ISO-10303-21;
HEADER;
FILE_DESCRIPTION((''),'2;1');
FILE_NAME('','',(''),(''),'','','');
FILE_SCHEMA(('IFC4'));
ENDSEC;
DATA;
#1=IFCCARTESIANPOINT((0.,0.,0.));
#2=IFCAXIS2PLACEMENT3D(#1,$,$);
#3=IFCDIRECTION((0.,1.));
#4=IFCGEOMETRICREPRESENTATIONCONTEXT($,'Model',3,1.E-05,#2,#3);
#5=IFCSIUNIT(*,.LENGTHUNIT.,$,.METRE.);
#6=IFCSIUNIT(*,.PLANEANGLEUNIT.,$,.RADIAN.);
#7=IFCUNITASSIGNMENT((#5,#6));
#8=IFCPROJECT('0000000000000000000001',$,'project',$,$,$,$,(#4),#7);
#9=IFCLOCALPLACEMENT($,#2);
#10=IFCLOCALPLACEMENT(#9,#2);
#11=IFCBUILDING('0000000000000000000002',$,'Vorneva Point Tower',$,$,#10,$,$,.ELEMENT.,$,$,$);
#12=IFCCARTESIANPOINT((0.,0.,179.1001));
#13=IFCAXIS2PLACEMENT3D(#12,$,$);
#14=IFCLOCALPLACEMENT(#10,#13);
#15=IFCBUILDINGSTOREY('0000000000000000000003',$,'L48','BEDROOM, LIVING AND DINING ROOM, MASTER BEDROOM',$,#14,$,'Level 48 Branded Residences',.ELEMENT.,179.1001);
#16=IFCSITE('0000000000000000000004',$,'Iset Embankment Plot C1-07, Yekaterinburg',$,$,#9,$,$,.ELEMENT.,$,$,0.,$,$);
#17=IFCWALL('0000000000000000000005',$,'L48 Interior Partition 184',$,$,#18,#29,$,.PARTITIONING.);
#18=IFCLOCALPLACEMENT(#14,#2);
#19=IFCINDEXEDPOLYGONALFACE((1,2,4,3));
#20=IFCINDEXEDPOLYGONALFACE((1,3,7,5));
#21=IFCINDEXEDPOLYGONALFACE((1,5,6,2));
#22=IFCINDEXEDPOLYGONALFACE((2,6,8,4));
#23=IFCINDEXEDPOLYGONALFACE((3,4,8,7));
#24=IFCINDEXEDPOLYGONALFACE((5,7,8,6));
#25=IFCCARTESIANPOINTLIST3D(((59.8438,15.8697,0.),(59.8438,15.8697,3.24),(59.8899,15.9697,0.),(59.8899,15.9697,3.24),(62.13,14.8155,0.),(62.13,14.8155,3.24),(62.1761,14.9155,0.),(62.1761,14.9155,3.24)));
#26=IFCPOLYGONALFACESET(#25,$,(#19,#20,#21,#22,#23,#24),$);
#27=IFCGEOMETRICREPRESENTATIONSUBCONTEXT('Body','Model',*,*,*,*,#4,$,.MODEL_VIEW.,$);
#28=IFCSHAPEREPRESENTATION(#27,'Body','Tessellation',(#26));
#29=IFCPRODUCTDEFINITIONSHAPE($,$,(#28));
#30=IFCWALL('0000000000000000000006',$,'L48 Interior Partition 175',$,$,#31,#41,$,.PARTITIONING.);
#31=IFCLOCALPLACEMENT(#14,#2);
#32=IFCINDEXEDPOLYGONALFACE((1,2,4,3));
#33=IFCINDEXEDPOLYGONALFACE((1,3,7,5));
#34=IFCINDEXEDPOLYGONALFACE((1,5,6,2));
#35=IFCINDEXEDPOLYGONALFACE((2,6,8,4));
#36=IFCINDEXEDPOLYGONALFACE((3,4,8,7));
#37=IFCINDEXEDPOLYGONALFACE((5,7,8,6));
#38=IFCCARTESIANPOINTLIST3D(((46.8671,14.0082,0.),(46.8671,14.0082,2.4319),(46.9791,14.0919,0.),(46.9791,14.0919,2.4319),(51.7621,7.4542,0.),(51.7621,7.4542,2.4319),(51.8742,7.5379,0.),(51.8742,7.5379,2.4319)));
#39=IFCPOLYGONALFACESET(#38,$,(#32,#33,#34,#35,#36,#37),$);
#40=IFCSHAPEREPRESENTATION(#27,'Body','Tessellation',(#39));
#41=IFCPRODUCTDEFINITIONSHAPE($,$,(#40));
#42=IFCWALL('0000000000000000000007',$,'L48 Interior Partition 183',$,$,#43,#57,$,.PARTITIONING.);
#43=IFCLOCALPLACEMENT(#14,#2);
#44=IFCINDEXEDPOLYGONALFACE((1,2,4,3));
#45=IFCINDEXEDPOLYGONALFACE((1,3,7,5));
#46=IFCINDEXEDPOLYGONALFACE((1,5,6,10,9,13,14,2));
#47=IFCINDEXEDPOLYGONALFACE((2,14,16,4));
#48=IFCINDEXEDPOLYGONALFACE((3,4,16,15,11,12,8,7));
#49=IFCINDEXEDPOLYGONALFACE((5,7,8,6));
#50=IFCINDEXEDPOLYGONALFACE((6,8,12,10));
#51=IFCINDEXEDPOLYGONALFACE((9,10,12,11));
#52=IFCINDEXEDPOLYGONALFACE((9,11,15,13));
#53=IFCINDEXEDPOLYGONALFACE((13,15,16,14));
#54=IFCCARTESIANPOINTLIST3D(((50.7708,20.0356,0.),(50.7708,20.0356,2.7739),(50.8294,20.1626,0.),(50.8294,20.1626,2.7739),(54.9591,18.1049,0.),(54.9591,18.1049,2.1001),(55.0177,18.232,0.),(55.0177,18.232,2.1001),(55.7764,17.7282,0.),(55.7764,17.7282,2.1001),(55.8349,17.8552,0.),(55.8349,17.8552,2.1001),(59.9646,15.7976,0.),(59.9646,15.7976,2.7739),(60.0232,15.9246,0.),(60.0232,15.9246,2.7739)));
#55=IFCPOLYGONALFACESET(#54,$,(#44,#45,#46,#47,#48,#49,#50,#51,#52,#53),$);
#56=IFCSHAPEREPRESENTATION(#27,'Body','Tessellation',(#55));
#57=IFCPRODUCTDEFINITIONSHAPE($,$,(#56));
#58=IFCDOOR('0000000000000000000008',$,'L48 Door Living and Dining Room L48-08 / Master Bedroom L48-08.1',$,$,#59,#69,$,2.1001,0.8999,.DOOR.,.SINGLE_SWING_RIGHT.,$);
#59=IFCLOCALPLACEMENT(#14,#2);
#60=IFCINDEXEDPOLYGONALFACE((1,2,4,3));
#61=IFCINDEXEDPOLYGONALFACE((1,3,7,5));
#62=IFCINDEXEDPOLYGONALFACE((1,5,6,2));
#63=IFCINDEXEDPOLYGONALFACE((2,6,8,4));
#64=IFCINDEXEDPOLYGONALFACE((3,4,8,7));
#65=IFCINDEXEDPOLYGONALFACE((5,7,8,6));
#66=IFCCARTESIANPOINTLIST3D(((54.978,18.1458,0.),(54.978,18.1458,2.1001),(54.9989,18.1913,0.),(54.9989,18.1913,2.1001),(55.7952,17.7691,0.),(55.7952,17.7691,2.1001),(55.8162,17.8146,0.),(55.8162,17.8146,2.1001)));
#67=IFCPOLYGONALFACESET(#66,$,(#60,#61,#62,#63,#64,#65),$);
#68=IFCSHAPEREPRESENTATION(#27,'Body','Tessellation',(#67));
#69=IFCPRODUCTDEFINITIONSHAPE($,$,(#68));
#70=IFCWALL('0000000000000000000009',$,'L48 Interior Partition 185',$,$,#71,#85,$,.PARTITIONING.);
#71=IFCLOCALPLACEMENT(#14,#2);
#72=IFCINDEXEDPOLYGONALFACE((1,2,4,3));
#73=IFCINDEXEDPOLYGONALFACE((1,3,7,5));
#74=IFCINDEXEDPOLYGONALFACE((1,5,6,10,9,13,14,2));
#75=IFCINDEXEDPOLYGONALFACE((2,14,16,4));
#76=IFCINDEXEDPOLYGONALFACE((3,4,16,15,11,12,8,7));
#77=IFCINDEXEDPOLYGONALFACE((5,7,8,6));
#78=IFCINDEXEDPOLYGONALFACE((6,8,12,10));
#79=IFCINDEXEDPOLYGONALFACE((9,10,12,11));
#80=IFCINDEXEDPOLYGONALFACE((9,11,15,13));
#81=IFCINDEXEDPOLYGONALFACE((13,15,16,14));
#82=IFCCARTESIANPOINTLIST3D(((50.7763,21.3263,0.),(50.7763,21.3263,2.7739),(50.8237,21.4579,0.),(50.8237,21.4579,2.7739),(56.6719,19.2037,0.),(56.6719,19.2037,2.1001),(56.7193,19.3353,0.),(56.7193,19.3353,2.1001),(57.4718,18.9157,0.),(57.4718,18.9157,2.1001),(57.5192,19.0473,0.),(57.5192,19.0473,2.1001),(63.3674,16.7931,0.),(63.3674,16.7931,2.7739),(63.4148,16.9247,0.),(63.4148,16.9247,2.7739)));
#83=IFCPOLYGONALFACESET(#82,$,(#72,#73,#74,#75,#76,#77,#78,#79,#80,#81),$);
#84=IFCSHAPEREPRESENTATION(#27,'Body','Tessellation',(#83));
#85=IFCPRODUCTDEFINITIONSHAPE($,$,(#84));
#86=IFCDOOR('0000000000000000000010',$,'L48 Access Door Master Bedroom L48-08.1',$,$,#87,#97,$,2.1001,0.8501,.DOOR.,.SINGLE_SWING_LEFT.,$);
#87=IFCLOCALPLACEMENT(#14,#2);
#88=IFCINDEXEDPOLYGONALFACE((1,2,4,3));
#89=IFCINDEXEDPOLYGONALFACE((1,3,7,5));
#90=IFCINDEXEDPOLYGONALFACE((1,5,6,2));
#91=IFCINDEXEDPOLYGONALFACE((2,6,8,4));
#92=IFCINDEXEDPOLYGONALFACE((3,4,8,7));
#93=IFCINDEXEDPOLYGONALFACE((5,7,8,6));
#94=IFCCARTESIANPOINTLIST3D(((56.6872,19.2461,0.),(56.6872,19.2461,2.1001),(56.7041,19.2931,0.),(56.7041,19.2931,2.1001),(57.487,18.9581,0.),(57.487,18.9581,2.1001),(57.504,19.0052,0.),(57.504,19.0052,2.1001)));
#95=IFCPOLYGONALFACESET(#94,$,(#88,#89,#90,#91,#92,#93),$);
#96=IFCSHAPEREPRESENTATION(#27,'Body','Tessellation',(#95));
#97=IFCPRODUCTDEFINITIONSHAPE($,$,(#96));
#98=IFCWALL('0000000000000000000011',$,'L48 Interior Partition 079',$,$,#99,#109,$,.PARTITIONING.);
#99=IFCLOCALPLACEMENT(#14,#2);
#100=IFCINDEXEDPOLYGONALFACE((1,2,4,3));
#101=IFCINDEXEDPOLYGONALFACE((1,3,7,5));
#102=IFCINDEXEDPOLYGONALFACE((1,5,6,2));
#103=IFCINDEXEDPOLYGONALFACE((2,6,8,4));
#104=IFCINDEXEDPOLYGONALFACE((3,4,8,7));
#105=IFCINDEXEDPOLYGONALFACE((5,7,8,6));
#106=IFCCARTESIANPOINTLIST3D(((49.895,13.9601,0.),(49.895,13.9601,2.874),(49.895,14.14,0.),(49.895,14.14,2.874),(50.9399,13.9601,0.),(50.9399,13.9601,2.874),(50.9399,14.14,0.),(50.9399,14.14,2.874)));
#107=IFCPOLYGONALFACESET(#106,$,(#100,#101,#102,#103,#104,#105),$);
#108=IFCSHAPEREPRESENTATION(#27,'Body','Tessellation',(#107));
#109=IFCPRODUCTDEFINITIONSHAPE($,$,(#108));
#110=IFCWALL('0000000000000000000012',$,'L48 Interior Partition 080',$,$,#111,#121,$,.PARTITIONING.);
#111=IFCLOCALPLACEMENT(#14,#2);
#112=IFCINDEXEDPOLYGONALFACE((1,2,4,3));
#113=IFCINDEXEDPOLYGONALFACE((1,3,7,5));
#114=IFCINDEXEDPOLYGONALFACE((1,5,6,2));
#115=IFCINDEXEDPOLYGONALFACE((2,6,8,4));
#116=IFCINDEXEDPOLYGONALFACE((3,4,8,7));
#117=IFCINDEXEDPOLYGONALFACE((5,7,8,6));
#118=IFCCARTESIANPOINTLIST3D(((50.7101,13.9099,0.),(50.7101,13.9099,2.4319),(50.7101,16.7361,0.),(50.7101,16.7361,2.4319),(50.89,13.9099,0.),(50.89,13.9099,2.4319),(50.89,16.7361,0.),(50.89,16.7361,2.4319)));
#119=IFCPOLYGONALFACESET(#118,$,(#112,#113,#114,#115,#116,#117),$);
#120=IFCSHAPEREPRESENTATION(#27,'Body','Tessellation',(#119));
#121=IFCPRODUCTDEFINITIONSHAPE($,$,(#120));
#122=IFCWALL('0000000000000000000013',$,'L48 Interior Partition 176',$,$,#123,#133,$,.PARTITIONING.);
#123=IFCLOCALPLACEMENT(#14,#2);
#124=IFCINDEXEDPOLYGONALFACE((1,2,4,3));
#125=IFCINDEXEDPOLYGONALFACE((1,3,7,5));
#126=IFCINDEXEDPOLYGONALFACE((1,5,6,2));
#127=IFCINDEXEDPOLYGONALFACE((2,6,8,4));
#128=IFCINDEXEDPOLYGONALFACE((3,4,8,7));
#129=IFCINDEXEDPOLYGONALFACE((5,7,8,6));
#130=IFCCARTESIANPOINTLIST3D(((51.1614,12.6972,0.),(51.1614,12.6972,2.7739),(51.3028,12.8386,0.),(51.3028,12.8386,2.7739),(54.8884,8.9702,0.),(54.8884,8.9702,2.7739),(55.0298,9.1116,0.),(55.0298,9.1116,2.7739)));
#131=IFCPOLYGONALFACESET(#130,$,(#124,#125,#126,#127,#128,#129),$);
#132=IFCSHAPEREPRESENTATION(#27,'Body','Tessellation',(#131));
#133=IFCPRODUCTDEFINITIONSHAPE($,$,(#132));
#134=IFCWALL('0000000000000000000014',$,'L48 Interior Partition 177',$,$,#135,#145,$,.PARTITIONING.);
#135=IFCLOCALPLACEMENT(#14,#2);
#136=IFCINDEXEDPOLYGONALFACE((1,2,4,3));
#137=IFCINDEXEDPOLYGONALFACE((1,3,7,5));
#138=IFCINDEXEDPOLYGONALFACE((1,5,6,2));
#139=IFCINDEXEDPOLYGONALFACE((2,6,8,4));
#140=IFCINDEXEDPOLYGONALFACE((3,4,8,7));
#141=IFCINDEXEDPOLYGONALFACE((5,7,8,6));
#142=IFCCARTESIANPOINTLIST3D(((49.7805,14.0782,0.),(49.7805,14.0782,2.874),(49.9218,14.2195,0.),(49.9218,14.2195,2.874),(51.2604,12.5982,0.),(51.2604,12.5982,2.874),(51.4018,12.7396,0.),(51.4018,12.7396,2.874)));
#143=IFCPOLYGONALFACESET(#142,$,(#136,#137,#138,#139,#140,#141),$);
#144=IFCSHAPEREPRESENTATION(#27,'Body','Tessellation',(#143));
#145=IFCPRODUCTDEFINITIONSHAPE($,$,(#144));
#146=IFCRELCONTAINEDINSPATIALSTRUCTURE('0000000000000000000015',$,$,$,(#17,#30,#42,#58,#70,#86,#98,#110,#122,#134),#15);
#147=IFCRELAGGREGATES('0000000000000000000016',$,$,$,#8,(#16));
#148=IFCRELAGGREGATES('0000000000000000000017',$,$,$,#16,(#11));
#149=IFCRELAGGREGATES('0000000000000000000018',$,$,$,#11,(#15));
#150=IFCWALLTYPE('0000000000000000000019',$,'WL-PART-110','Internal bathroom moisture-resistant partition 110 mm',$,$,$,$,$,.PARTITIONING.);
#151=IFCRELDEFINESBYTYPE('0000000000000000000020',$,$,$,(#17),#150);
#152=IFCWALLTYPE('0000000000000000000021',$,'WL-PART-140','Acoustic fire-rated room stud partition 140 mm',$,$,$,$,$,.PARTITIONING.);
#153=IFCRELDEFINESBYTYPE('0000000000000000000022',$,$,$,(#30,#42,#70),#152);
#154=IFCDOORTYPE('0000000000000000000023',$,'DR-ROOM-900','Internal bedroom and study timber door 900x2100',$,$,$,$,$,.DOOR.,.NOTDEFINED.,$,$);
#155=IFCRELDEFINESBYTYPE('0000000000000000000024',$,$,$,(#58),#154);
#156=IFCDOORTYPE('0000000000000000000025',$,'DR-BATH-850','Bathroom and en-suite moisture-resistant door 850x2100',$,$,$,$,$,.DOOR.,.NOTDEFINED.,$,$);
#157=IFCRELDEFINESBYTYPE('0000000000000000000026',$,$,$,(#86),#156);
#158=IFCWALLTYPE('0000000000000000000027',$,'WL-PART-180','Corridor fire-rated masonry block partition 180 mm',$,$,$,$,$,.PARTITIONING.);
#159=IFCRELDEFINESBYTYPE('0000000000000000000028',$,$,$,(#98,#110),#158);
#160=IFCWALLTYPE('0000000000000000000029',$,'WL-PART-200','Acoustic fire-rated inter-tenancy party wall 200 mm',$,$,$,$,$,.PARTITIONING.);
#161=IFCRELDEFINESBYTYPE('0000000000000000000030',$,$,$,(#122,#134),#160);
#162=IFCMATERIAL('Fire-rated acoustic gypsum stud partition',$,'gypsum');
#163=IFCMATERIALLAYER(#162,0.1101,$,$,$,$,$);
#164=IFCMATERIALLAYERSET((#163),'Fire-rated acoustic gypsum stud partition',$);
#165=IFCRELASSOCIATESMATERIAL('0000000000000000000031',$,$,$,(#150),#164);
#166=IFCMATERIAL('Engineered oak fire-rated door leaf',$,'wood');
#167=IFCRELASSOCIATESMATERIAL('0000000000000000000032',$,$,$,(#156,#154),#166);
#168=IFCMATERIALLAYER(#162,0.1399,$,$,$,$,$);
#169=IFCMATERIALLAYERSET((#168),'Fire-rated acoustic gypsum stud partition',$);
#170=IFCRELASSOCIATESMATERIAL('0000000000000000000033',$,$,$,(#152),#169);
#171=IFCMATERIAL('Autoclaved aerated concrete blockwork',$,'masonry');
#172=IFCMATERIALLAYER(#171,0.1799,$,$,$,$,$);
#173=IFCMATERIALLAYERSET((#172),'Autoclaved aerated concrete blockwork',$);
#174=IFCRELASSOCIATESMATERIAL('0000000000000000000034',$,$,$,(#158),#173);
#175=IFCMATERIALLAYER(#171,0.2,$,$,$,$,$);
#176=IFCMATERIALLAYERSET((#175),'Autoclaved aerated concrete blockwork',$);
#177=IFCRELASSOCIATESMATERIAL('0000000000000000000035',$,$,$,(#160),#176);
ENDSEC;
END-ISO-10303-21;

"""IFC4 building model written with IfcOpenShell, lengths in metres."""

from ifc_helpers import new_model, si_unit, direction, frame, frame_2d, origin, place, context, subcontext, project, spatial, rectangle, extrude, material, layer, layer_set, type_object, element, fill, save


model = new_model("IFC4")

# Units and contexts
model_context = context("Model", 3, precision=1e-05, world=origin(), true_north=direction((0.0, 1.0)))
body_context = subcontext(model_context, "Body", "Model", "MODEL_VIEW")
ifc_project = project(units=[si_unit("LENGTHUNIT", "METRE"), si_unit("PLANEANGLEUNIT", "RADIAN")], contexts=[model_context])

# Site, building, storey
site_placement = place(None, origin())
site = spatial("IfcSite", under=ifc_project, at=site_placement, Name="Iset Embankment Plot C1-07, Yekaterinburg", CompositionType="ELEMENT", RefElevation=0.0)
building_placement = place(site_placement, origin())
building = spatial("IfcBuilding", under=site, at=building_placement, Name="Vorneva Point Tower", CompositionType="ELEMENT")
storey_placement = place(building_placement, frame((0.0, 0.0, 179.1001)))
storey = spatial("IfcBuildingStorey", under=building, at=storey_placement, Name="L48", Description="BEDROOM, LIVING AND DINING ROOM, MASTER BEDROOM", LongName="Level 48 Branded Residences", CompositionType="ELEMENT", Elevation=179.1001)

# Shared definitions
ifc_material_1 = material(Name="Fire-rated acoustic gypsum stud partition", Category="gypsum")
ifc_layer_1 = layer(ifc_material_1, 0.1101)
ifc_layer_set_1 = layer_set([ifc_layer_1], Name="Fire-rated acoustic gypsum stud partition")
wall_type_1 = type_object("IfcWallType", Name="WL-PART-110", Description="Internal bathroom moisture-resistant partition 110 mm", PredefinedType="PARTITIONING", material=ifc_layer_set_1)
ifc_material_2 = material(Name="Engineered oak fire-rated door leaf", Category="wood")
door_type_1 = type_object("IfcDoorType", Name="DR-BATH-850", Description="Bathroom and en-suite moisture-resistant door 850x2100", OperationType="NOTDEFINED", PredefinedType="DOOR", material=ifc_material_2)

# Shared definitions
door_type_2 = type_object("IfcDoorType", Name="DR-ROOM-900", Description="Internal bedroom and study timber door 900x2100", OperationType="NOTDEFINED", PredefinedType="DOOR", material=ifc_material_2)

# Walls
wall_1_placement = place(storey_placement, frame((62.1531, 14.8655, 0.0), z_axis=(0.0, 0.0, 1.0), x_axis=(-0.908101, 0.418751, 0.0)))
element("IfcWall", 1, at=wall_1_placement, inside=storey, type_object=wall_type_1, Name="L48 Interior Partition 184", PredefinedType="PARTITIONING", context=body_context, shape_type="SweptSolid", body=[
    extrude(rectangle(XDim=2.5176, YDim=0.1101, at=frame_2d((1.2588, 0.0))), origin(), (0.0, 0.0, 1.0), 3.24),
])
ifc_layer_2 = layer(ifc_material_1, 0.1399)
ifc_layer_set_2 = layer_set([ifc_layer_2], Name="Fire-rated acoustic gypsum stud partition")
wall_type_2 = type_object("IfcWallType", Name="WL-PART-140", Description="Acoustic fire-rated room stud partition 140 mm", PredefinedType="PARTITIONING", material=ifc_layer_set_2)
wall_2_placement = place(storey_placement, frame((51.8181, 7.4961, 0.0), z_axis=(0.0, 0.0, 1.0), x_axis=(-0.598399, 0.801198, 0.0)))
element("IfcWall", 2, at=wall_2_placement, inside=storey, type_object=wall_type_2, Name="L48 Interior Partition 175", PredefinedType="PARTITIONING", context=body_context, shape_type="SweptSolid", body=[
    extrude(rectangle(XDim=8.1802, YDim=0.1399, at=frame_2d((4.0901, 0.0))), origin(), (0.0, 0.0, 1.0), 2.4319),
])

# Walls, openings, doors
wall_3_placement = place(storey_placement, frame((59.9939, 15.8611, 0.0), z_axis=(0.0, 0.0, 1.0), x_axis=(-0.908158, 0.418628, 0.0)))
wall_3 = element("IfcWall", 3, at=wall_3_placement, inside=storey, type_object=wall_type_2, Name="L48 Interior Partition 183", PredefinedType="PARTITIONING", context=body_context, shape_type="SweptSolid", body=[
    extrude(rectangle(XDim=10.1235, YDim=0.1399, at=frame_2d((5.0618, 0.0))), origin(), (0.0, 0.0, 1.0), 2.7739),
])
opening_1_placement = place(wall_3_placement, frame((4.6118, 0.0, 0.0)))
opening_1 = element("IfcOpeningElement", 4, at=opening_1_placement, cuts=wall_3, PredefinedType="OPENING", context=body_context, shape_type="SweptSolid", body=[
    extrude(rectangle(XDim=0.8999, YDim=2.1001, at=frame_2d((0.45, 1.05))), frame((0.0, 0.085, 0.0), z_axis=(0.0, -1.0, 0.0), x_axis=(1.0, 0.0, 0.0)), (0.0, 0.0, 1.0), 0.1697),
])
door_1_placement = place(opening_1_placement, origin())
door_1 = element("IfcDoor", 5, at=door_1_placement, inside=storey, type_object=door_type_2, Name="L48 Door Living and Dining Room L48-08 / Master Bedroom L48-08.1", OperationType="SINGLE_SWING_RIGHT", OverallHeight=2.1001, OverallWidth=0.8999, PredefinedType="DOOR", context=body_context, shape_type="SweptSolid", body=[
    extrude(rectangle(XDim=0.8999, YDim=2.1001, at=frame_2d((0.45, 1.05))), frame((0.0, 0.0249, 0.0), z_axis=(0.0, -1.0, 0.0), x_axis=(1.0, 0.0, 0.0)), (0.0, 0.0, 1.0), 0.05),
])
fill(opening_1, door_1)
wall_4_placement = place(storey_placement, frame((63.3911, 16.8589, 0.0), z_axis=(0.0, 0.0, 1.0), x_axis=(-0.940877, 0.338747, 0.0)))
wall_4 = element("IfcWall", 6, at=wall_4_placement, inside=storey, type_object=wall_type_2, Name="L48 Interior Partition 185", PredefinedType="PARTITIONING", context=body_context, shape_type="SweptSolid", body=[
    extrude(rectangle(XDim=13.3823, YDim=0.1399, at=frame_2d((6.6912, 0.0))), origin(), (0.0, 0.0, 1.0), 2.7739),
])
opening_2_placement = place(wall_4_placement, frame((6.2661, 0.0, 0.0)))
opening_2 = element("IfcOpeningElement", 7, at=opening_2_placement, cuts=wall_4, PredefinedType="OPENING", context=body_context, shape_type="SweptSolid", body=[
    extrude(rectangle(XDim=0.8501, YDim=2.1001, at=frame_2d((0.425, 1.05))), frame((0.0, 0.085, 0.0), z_axis=(0.0, -1.0, 0.0), x_axis=(1.0, 0.0, 0.0)), (0.0, 0.0, 1.0), 0.1697),
])
door_2_placement = place(opening_2_placement, origin())
door_2 = element("IfcDoor", 8, at=door_2_placement, inside=storey, type_object=door_type_1, Name="L48 Access Door Master Bedroom L48-08.1", OperationType="SINGLE_SWING_LEFT", OverallHeight=2.1001, OverallWidth=0.8501, PredefinedType="DOOR", context=body_context, shape_type="SweptSolid", body=[
    extrude(rectangle(XDim=0.8501, YDim=2.1001, at=frame_2d((0.425, 1.05))), frame((0.0, 0.0249, 0.0), z_axis=(0.0, -1.0, 0.0), x_axis=(1.0, 0.0, 0.0)), (0.0, 0.0, 1.0), 0.05),
])
fill(opening_2, door_2)
ifc_material_3 = material(Name="Autoclaved aerated concrete blockwork", Category="masonry")
ifc_layer_3 = layer(ifc_material_3, 0.1799)
ifc_layer_set_3 = layer_set([ifc_layer_3], Name="Autoclaved aerated concrete blockwork")
wall_type_3 = type_object("IfcWallType", Name="WL-PART-180", Description="Corridor fire-rated masonry block partition 180 mm", PredefinedType="PARTITIONING", material=ifc_layer_set_3)

# Walls
wall_5_placement = place(storey_placement, frame((49.895, 14.05, 0.0), z_axis=(0.0, 0.0, 1.0), x_axis=(1.0, 0.0, 0.0)))
element("IfcWall", 9, at=wall_5_placement, inside=storey, type_object=wall_type_3, Name="L48 Interior Partition 079", PredefinedType="PARTITIONING", context=body_context, shape_type="SweptSolid", body=[
    extrude(rectangle(XDim=1.0449, YDim=0.1799, at=frame_2d((0.5225, 0.0))), origin(), (0.0, 0.0, 1.0), 2.874),
])
wall_6_placement = place(storey_placement, frame((50.8, 13.9099, 0.0), z_axis=(0.0, 0.0, 1.0), x_axis=(0.0, 1.0, 0.0)))
element("IfcWall", 10, at=wall_6_placement, inside=storey, type_object=wall_type_3, Name="L48 Interior Partition 080", PredefinedType="PARTITIONING", context=body_context, shape_type="SweptSolid", body=[
    extrude(rectangle(XDim=2.8262, YDim=0.1799, at=frame_2d((1.4131, 0.0))), origin(), (0.0, 0.0, 1.0), 2.4319),
])
ifc_layer_4 = layer(ifc_material_3, 0.2)
ifc_layer_set_4 = layer_set([ifc_layer_4], Name="Autoclaved aerated concrete blockwork")
wall_type_4 = type_object("IfcWallType", Name="WL-PART-200", Description="Acoustic fire-rated inter-tenancy party wall 200 mm", PredefinedType="PARTITIONING", material=ifc_layer_set_4)
wall_7_placement = place(storey_placement, frame((54.959, 9.041, 0.0), z_axis=(0.0, 0.0, 1.0), x_axis=(-0.707107, 0.707107, 0.0)))
element("IfcWall", 11, at=wall_7_placement, inside=storey, type_object=wall_type_4, Name="L48 Interior Partition 176", PredefinedType="PARTITIONING", context=body_context, shape_type="SweptSolid", body=[
    extrude(rectangle(XDim=5.2708, YDim=0.2, at=frame_2d((2.6353, 0.0))), origin(), (0.0, 0.0, 1.0), 2.7739),
])
wall_8_placement = place(storey_placement, frame((51.3311, 12.6689, 0.0), z_axis=(0.0, 0.0, 1.0), x_axis=(-0.707107, 0.707107, 0.0)))
element("IfcWall", 12, at=wall_8_placement, inside=storey, type_object=wall_type_4, Name="L48 Interior Partition 177", PredefinedType="PARTITIONING", context=body_context, shape_type="SweptSolid", body=[
    extrude(rectangle(XDim=2.093, YDim=0.2, at=frame_2d((1.0464, 0.0))), origin(), (0.0, 0.0, 1.0), 2.874),
])

save(model, "model.ifc")
